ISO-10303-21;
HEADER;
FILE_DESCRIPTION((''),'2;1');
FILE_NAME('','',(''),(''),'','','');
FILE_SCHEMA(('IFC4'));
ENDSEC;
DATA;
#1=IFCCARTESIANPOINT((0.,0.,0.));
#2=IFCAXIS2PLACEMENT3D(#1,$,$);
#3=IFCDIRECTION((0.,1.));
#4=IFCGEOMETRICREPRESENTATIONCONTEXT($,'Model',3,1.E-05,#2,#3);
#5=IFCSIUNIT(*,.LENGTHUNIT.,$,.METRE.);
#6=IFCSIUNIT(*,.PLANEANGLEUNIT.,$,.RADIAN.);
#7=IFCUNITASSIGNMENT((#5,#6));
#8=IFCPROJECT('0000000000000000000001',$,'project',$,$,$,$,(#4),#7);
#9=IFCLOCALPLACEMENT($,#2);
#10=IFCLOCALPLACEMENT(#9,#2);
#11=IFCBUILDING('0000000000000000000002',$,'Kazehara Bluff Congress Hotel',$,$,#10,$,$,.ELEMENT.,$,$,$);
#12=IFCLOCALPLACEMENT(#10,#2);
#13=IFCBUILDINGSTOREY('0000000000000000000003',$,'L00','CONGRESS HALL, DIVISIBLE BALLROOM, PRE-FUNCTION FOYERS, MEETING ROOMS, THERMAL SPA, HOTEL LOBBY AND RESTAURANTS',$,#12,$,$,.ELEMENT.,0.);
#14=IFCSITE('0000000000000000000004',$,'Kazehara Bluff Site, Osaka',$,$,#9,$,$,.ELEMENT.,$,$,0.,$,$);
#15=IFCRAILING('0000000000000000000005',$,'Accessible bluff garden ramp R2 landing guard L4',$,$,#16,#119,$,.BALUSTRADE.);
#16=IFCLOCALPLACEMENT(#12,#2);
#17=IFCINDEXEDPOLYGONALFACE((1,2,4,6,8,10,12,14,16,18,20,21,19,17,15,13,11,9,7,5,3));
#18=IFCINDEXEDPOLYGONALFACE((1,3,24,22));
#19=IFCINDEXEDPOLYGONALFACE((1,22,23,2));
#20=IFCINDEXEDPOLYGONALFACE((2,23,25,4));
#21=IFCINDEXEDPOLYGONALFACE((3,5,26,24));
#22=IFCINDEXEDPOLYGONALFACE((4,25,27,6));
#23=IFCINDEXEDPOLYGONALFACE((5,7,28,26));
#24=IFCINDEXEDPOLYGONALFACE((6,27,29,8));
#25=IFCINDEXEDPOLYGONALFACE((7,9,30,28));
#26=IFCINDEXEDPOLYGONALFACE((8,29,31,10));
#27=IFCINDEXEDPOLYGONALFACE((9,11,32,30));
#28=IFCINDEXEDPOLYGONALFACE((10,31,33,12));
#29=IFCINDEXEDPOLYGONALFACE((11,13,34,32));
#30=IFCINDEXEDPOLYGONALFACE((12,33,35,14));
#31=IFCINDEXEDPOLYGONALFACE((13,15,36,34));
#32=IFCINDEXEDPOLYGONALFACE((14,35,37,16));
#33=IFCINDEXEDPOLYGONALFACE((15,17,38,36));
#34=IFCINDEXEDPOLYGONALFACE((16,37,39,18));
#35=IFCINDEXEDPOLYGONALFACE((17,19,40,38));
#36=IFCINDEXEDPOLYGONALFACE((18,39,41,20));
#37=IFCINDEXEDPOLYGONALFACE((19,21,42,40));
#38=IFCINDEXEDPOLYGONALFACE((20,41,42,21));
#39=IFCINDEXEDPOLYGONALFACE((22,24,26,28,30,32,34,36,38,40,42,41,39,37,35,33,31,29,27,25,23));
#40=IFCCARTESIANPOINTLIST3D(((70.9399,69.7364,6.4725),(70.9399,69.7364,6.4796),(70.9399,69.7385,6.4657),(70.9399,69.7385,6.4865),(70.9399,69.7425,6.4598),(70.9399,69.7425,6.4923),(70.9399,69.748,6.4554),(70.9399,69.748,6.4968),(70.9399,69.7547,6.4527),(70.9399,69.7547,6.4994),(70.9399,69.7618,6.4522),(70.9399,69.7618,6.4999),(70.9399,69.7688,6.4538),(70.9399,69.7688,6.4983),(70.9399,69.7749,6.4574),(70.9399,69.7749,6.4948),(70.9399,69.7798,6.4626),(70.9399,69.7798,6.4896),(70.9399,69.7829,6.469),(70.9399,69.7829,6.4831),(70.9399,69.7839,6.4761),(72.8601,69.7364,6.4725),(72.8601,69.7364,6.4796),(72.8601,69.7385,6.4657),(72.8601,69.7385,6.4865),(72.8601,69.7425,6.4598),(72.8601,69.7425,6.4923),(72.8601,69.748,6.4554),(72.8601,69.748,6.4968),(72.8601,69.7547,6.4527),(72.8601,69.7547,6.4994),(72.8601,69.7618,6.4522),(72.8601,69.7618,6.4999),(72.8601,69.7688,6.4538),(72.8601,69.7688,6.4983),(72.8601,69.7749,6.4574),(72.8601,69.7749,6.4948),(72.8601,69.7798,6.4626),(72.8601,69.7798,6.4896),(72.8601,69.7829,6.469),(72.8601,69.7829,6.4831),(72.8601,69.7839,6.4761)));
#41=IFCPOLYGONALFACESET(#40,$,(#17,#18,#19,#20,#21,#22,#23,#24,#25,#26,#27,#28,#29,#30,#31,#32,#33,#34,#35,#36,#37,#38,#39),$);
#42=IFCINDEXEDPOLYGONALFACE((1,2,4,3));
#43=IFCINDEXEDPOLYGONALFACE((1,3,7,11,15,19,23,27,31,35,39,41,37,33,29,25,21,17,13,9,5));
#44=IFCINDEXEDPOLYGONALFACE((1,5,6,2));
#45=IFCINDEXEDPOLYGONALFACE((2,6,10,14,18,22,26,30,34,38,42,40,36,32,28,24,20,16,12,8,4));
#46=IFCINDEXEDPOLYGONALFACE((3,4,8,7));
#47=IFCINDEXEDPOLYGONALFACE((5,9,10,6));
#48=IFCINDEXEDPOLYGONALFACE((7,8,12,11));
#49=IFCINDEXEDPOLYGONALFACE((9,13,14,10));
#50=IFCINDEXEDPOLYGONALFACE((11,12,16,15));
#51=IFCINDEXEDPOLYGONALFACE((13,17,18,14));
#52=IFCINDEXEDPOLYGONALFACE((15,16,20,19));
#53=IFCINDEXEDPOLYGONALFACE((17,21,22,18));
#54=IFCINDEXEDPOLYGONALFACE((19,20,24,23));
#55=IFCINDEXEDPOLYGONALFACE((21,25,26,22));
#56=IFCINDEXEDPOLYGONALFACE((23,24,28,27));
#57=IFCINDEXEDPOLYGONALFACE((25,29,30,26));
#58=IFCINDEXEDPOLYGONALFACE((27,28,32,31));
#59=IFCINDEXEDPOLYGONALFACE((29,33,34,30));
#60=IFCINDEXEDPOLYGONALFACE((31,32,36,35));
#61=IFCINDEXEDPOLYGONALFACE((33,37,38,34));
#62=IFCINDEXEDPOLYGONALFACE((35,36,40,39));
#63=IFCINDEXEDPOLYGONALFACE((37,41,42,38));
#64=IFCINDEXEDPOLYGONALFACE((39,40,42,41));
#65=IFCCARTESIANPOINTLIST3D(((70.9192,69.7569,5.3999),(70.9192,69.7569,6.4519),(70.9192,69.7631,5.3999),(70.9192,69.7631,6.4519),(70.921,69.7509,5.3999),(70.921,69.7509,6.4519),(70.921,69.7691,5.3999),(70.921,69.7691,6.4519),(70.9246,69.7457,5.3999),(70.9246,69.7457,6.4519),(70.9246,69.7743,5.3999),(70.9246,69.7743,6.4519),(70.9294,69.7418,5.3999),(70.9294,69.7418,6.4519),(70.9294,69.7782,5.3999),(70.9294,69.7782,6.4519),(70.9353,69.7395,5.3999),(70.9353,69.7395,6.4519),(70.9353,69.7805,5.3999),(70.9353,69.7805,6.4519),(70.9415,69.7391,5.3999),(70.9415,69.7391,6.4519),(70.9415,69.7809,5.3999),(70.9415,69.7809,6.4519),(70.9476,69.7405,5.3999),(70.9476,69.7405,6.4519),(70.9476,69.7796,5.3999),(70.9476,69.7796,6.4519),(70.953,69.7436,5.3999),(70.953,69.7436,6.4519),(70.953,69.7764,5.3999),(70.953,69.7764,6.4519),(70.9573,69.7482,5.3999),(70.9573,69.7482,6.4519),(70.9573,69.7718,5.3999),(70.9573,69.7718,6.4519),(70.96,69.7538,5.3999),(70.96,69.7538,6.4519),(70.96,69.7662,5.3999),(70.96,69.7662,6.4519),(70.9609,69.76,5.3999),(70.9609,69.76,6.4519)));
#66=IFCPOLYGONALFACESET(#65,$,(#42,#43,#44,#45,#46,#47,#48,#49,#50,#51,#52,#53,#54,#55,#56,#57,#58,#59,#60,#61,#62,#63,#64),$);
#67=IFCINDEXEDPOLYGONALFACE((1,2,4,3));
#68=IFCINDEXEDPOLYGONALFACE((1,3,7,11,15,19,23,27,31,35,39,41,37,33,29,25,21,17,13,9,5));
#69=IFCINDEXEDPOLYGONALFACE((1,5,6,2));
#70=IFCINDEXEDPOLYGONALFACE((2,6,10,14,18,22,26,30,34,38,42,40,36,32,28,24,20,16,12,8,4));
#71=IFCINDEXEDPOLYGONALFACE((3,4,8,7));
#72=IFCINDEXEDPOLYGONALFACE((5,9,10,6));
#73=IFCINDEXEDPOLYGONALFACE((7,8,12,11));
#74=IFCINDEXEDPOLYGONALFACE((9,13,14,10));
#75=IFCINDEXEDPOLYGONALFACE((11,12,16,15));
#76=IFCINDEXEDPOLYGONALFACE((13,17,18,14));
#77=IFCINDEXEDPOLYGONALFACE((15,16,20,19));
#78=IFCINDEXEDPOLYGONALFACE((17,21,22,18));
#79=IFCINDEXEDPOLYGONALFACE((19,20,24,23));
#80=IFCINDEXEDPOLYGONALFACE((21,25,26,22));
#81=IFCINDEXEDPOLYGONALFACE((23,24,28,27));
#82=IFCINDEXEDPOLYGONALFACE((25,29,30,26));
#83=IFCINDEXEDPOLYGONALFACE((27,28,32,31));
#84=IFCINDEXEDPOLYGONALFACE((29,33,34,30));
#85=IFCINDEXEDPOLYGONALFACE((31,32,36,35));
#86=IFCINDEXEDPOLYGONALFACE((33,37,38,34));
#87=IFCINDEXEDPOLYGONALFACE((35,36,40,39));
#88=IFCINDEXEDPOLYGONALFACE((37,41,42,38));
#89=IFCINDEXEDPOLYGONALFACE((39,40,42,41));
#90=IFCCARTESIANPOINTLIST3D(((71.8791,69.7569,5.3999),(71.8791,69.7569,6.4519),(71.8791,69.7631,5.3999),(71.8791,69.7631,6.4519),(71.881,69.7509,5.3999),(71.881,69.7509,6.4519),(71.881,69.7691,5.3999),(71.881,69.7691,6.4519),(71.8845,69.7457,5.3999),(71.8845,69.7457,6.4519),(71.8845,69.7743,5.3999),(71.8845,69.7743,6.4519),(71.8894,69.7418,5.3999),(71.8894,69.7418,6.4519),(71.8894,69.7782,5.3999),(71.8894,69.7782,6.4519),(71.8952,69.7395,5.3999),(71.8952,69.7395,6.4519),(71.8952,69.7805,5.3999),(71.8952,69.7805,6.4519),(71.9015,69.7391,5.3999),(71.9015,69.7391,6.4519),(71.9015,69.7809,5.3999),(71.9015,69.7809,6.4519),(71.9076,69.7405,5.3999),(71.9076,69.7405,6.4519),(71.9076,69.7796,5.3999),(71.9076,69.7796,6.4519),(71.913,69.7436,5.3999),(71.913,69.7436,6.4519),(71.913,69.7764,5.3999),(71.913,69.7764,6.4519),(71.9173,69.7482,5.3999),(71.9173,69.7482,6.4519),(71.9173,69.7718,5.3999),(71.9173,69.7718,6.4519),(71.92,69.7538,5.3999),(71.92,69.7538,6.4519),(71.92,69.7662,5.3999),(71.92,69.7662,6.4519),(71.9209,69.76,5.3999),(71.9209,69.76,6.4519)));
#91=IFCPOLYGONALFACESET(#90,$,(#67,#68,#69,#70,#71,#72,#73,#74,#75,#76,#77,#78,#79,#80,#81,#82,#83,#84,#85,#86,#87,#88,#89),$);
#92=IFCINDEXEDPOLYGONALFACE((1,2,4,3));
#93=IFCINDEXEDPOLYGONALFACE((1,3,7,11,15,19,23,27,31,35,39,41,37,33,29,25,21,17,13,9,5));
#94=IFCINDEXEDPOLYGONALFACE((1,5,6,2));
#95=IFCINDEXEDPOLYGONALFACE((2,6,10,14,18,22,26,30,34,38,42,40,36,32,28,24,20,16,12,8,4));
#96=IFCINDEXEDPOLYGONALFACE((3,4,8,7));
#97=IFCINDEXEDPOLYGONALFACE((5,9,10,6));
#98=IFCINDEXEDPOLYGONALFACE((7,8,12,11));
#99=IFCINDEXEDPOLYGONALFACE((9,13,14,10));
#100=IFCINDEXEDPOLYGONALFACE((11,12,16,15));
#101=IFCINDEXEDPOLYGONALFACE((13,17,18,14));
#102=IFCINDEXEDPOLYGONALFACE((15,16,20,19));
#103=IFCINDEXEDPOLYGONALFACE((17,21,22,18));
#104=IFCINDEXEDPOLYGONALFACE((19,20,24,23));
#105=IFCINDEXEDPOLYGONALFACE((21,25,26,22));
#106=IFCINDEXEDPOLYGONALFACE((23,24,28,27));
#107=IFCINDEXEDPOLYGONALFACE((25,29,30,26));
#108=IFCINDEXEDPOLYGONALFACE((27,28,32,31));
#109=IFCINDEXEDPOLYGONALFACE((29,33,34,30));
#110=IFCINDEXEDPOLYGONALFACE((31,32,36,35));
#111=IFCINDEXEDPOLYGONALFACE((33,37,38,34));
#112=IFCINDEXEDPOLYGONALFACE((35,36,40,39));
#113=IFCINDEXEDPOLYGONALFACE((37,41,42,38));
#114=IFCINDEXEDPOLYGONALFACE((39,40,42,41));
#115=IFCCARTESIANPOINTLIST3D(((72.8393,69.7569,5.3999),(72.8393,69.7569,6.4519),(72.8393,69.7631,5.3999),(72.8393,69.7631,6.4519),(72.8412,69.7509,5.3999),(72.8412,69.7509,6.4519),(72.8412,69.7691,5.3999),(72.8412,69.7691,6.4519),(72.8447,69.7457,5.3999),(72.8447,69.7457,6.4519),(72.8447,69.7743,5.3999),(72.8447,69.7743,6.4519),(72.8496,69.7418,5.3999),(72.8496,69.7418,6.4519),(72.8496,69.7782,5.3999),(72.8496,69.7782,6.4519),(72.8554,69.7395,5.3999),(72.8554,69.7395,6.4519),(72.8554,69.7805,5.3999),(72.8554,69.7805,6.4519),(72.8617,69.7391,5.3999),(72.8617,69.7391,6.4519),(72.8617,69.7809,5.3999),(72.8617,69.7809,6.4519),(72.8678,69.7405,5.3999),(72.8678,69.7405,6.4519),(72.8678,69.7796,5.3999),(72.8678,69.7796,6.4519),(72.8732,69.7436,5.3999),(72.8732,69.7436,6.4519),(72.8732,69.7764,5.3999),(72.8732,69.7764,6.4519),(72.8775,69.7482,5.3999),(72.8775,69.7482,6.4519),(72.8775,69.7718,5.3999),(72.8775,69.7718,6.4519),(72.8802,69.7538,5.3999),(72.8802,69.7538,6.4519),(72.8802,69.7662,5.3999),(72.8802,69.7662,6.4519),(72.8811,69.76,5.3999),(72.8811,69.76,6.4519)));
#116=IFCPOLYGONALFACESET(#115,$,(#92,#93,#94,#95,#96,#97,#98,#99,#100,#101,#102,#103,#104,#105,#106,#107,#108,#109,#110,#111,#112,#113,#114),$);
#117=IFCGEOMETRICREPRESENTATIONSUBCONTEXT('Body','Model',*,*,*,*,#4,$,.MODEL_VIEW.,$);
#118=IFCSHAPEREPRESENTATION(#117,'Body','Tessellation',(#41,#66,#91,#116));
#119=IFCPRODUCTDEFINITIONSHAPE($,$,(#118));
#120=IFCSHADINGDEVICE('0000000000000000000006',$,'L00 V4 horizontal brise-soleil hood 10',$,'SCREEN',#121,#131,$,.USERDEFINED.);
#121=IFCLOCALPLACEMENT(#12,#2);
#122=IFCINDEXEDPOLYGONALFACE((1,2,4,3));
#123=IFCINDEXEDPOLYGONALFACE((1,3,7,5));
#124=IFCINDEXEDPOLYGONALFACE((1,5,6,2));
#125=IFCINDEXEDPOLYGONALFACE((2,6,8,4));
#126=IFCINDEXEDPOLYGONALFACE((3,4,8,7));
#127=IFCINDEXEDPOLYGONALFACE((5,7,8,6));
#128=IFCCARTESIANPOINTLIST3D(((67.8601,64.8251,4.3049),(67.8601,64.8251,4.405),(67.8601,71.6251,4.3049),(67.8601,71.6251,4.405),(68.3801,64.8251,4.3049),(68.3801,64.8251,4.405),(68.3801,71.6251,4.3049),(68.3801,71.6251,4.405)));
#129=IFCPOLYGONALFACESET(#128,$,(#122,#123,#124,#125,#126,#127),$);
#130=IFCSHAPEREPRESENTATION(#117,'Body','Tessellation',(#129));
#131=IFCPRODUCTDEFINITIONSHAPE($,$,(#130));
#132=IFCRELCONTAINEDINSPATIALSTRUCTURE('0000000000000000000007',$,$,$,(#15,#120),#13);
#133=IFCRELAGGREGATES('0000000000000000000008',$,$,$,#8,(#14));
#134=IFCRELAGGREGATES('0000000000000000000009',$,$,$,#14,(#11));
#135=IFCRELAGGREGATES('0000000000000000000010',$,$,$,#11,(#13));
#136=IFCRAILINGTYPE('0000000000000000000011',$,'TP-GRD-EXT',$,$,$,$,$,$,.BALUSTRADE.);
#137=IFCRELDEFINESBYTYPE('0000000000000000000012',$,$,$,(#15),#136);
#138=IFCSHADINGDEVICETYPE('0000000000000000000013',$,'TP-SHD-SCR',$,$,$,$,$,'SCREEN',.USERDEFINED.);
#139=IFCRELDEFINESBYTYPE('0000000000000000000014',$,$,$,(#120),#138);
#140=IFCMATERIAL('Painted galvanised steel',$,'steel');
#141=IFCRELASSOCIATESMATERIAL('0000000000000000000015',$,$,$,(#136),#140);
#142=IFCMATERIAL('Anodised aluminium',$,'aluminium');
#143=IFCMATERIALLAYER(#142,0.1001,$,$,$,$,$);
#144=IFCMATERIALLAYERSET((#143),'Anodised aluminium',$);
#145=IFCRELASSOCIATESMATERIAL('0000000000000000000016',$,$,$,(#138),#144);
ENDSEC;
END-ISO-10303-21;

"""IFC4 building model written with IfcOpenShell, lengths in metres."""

from ifc_helpers import new_model, si_unit, direction, frame, origin, origin_2d, place, context, subcontext, project, spatial, rectangle, circle, extrude, material, layer, layer_set, type_object, element, save


model = new_model("IFC4")

# Units and contexts
model_context = context("Model", 3, precision=1e-05, world=origin(), true_north=direction((0.0, 1.0)))
body_context = subcontext(model_context, "Body", "Model", "MODEL_VIEW")
ifc_project = project(units=[si_unit("LENGTHUNIT", "METRE"), si_unit("PLANEANGLEUNIT", "RADIAN")], contexts=[model_context])

# Site, building, storey
site_placement = place(None, origin())
site = spatial("IfcSite", under=ifc_project, at=site_placement, Name="Kazehara Bluff Site, Osaka", CompositionType="ELEMENT", RefElevation=0.0)
building_placement = place(site_placement, origin())
building = spatial("IfcBuilding", under=site, at=building_placement, Name="Kazehara Bluff Congress Hotel", CompositionType="ELEMENT")
storey_placement = place(building_placement, origin())
storey = spatial("IfcBuildingStorey", under=building, at=storey_placement, Name="L00", Description="CONGRESS HALL, DIVISIBLE BALLROOM, PRE-FUNCTION FOYERS, MEETING ROOMS, THERMAL SPA, HOTEL LOBBY AND RESTAURANTS", CompositionType="ELEMENT", Elevation=0.0)

# Railing
ifc_material_1 = material(Name="Painted galvanised steel", Category="steel")
railing_type = type_object("IfcRailingType", Name="TP-GRD-EXT", PredefinedType="BALUSTRADE", material=ifc_material_1)
railing_1_placement = place(storey_placement, frame((70.9399, 69.76, 5.3999)))
element("IfcRailing", 1, at=railing_1_placement, inside=storey, type_object=railing_type, Name="Accessible bluff garden ramp R2 landing guard L4", PredefinedType="BALUSTRADE", context=body_context, shape_type="SweptSolid", body=[
    extrude(circle(Radius=0.0239, at=origin_2d()), frame((0.0, 0.0, 1.0762), z_axis=(1.0, 0.0, 0.0), x_axis=(0.0, 1.0, 0.0)), (0.0, 0.0, 1.0), 1.9202),
    extrude(circle(Radius=0.021, at=origin_2d()), origin(), (0.0, 0.0, 1.0), 1.052),
    extrude(circle(Radius=0.021, at=origin_2d()), frame((0.96, 0.0, 0.0)), (0.0, 0.0, 1.0), 1.052),
    extrude(circle(Radius=0.021, at=origin_2d()), frame((1.9202, 0.0, 0.0)), (0.0, 0.0, 1.0), 1.052),
])

# Shading device
ifc_material_2 = material(Name="Anodised aluminium", Category="aluminium")
ifc_layer_1 = layer(ifc_material_2, 0.1001)
ifc_layer_set_1 = layer_set([ifc_layer_1], Name="Anodised aluminium")
shading_device_type = type_object("IfcShadingDeviceType", Name="TP-SHD-SCR", ElementType="SCREEN", PredefinedType="USERDEFINED", material=ifc_layer_set_1)
shading_device_placement = place(storey_placement, frame((68.1201, 68.2251, 4.3049), z_axis=(0.0, 0.0, 1.0), x_axis=(1.0, 0.0, 0.0)))
element("IfcShadingDevice", 2, at=shading_device_placement, inside=storey, type_object=shading_device_type, Name="L00 V4 horizontal brise-soleil hood 10", ObjectType="SCREEN", PredefinedType="USERDEFINED", context=body_context, shape_type="SweptSolid", body=[
    extrude(rectangle(XDim=0.52, YDim=6.8, at=origin_2d()), origin(), (0.0, 0.0, 1.0), 0.1001),
])

save(model, "model.ifc")
